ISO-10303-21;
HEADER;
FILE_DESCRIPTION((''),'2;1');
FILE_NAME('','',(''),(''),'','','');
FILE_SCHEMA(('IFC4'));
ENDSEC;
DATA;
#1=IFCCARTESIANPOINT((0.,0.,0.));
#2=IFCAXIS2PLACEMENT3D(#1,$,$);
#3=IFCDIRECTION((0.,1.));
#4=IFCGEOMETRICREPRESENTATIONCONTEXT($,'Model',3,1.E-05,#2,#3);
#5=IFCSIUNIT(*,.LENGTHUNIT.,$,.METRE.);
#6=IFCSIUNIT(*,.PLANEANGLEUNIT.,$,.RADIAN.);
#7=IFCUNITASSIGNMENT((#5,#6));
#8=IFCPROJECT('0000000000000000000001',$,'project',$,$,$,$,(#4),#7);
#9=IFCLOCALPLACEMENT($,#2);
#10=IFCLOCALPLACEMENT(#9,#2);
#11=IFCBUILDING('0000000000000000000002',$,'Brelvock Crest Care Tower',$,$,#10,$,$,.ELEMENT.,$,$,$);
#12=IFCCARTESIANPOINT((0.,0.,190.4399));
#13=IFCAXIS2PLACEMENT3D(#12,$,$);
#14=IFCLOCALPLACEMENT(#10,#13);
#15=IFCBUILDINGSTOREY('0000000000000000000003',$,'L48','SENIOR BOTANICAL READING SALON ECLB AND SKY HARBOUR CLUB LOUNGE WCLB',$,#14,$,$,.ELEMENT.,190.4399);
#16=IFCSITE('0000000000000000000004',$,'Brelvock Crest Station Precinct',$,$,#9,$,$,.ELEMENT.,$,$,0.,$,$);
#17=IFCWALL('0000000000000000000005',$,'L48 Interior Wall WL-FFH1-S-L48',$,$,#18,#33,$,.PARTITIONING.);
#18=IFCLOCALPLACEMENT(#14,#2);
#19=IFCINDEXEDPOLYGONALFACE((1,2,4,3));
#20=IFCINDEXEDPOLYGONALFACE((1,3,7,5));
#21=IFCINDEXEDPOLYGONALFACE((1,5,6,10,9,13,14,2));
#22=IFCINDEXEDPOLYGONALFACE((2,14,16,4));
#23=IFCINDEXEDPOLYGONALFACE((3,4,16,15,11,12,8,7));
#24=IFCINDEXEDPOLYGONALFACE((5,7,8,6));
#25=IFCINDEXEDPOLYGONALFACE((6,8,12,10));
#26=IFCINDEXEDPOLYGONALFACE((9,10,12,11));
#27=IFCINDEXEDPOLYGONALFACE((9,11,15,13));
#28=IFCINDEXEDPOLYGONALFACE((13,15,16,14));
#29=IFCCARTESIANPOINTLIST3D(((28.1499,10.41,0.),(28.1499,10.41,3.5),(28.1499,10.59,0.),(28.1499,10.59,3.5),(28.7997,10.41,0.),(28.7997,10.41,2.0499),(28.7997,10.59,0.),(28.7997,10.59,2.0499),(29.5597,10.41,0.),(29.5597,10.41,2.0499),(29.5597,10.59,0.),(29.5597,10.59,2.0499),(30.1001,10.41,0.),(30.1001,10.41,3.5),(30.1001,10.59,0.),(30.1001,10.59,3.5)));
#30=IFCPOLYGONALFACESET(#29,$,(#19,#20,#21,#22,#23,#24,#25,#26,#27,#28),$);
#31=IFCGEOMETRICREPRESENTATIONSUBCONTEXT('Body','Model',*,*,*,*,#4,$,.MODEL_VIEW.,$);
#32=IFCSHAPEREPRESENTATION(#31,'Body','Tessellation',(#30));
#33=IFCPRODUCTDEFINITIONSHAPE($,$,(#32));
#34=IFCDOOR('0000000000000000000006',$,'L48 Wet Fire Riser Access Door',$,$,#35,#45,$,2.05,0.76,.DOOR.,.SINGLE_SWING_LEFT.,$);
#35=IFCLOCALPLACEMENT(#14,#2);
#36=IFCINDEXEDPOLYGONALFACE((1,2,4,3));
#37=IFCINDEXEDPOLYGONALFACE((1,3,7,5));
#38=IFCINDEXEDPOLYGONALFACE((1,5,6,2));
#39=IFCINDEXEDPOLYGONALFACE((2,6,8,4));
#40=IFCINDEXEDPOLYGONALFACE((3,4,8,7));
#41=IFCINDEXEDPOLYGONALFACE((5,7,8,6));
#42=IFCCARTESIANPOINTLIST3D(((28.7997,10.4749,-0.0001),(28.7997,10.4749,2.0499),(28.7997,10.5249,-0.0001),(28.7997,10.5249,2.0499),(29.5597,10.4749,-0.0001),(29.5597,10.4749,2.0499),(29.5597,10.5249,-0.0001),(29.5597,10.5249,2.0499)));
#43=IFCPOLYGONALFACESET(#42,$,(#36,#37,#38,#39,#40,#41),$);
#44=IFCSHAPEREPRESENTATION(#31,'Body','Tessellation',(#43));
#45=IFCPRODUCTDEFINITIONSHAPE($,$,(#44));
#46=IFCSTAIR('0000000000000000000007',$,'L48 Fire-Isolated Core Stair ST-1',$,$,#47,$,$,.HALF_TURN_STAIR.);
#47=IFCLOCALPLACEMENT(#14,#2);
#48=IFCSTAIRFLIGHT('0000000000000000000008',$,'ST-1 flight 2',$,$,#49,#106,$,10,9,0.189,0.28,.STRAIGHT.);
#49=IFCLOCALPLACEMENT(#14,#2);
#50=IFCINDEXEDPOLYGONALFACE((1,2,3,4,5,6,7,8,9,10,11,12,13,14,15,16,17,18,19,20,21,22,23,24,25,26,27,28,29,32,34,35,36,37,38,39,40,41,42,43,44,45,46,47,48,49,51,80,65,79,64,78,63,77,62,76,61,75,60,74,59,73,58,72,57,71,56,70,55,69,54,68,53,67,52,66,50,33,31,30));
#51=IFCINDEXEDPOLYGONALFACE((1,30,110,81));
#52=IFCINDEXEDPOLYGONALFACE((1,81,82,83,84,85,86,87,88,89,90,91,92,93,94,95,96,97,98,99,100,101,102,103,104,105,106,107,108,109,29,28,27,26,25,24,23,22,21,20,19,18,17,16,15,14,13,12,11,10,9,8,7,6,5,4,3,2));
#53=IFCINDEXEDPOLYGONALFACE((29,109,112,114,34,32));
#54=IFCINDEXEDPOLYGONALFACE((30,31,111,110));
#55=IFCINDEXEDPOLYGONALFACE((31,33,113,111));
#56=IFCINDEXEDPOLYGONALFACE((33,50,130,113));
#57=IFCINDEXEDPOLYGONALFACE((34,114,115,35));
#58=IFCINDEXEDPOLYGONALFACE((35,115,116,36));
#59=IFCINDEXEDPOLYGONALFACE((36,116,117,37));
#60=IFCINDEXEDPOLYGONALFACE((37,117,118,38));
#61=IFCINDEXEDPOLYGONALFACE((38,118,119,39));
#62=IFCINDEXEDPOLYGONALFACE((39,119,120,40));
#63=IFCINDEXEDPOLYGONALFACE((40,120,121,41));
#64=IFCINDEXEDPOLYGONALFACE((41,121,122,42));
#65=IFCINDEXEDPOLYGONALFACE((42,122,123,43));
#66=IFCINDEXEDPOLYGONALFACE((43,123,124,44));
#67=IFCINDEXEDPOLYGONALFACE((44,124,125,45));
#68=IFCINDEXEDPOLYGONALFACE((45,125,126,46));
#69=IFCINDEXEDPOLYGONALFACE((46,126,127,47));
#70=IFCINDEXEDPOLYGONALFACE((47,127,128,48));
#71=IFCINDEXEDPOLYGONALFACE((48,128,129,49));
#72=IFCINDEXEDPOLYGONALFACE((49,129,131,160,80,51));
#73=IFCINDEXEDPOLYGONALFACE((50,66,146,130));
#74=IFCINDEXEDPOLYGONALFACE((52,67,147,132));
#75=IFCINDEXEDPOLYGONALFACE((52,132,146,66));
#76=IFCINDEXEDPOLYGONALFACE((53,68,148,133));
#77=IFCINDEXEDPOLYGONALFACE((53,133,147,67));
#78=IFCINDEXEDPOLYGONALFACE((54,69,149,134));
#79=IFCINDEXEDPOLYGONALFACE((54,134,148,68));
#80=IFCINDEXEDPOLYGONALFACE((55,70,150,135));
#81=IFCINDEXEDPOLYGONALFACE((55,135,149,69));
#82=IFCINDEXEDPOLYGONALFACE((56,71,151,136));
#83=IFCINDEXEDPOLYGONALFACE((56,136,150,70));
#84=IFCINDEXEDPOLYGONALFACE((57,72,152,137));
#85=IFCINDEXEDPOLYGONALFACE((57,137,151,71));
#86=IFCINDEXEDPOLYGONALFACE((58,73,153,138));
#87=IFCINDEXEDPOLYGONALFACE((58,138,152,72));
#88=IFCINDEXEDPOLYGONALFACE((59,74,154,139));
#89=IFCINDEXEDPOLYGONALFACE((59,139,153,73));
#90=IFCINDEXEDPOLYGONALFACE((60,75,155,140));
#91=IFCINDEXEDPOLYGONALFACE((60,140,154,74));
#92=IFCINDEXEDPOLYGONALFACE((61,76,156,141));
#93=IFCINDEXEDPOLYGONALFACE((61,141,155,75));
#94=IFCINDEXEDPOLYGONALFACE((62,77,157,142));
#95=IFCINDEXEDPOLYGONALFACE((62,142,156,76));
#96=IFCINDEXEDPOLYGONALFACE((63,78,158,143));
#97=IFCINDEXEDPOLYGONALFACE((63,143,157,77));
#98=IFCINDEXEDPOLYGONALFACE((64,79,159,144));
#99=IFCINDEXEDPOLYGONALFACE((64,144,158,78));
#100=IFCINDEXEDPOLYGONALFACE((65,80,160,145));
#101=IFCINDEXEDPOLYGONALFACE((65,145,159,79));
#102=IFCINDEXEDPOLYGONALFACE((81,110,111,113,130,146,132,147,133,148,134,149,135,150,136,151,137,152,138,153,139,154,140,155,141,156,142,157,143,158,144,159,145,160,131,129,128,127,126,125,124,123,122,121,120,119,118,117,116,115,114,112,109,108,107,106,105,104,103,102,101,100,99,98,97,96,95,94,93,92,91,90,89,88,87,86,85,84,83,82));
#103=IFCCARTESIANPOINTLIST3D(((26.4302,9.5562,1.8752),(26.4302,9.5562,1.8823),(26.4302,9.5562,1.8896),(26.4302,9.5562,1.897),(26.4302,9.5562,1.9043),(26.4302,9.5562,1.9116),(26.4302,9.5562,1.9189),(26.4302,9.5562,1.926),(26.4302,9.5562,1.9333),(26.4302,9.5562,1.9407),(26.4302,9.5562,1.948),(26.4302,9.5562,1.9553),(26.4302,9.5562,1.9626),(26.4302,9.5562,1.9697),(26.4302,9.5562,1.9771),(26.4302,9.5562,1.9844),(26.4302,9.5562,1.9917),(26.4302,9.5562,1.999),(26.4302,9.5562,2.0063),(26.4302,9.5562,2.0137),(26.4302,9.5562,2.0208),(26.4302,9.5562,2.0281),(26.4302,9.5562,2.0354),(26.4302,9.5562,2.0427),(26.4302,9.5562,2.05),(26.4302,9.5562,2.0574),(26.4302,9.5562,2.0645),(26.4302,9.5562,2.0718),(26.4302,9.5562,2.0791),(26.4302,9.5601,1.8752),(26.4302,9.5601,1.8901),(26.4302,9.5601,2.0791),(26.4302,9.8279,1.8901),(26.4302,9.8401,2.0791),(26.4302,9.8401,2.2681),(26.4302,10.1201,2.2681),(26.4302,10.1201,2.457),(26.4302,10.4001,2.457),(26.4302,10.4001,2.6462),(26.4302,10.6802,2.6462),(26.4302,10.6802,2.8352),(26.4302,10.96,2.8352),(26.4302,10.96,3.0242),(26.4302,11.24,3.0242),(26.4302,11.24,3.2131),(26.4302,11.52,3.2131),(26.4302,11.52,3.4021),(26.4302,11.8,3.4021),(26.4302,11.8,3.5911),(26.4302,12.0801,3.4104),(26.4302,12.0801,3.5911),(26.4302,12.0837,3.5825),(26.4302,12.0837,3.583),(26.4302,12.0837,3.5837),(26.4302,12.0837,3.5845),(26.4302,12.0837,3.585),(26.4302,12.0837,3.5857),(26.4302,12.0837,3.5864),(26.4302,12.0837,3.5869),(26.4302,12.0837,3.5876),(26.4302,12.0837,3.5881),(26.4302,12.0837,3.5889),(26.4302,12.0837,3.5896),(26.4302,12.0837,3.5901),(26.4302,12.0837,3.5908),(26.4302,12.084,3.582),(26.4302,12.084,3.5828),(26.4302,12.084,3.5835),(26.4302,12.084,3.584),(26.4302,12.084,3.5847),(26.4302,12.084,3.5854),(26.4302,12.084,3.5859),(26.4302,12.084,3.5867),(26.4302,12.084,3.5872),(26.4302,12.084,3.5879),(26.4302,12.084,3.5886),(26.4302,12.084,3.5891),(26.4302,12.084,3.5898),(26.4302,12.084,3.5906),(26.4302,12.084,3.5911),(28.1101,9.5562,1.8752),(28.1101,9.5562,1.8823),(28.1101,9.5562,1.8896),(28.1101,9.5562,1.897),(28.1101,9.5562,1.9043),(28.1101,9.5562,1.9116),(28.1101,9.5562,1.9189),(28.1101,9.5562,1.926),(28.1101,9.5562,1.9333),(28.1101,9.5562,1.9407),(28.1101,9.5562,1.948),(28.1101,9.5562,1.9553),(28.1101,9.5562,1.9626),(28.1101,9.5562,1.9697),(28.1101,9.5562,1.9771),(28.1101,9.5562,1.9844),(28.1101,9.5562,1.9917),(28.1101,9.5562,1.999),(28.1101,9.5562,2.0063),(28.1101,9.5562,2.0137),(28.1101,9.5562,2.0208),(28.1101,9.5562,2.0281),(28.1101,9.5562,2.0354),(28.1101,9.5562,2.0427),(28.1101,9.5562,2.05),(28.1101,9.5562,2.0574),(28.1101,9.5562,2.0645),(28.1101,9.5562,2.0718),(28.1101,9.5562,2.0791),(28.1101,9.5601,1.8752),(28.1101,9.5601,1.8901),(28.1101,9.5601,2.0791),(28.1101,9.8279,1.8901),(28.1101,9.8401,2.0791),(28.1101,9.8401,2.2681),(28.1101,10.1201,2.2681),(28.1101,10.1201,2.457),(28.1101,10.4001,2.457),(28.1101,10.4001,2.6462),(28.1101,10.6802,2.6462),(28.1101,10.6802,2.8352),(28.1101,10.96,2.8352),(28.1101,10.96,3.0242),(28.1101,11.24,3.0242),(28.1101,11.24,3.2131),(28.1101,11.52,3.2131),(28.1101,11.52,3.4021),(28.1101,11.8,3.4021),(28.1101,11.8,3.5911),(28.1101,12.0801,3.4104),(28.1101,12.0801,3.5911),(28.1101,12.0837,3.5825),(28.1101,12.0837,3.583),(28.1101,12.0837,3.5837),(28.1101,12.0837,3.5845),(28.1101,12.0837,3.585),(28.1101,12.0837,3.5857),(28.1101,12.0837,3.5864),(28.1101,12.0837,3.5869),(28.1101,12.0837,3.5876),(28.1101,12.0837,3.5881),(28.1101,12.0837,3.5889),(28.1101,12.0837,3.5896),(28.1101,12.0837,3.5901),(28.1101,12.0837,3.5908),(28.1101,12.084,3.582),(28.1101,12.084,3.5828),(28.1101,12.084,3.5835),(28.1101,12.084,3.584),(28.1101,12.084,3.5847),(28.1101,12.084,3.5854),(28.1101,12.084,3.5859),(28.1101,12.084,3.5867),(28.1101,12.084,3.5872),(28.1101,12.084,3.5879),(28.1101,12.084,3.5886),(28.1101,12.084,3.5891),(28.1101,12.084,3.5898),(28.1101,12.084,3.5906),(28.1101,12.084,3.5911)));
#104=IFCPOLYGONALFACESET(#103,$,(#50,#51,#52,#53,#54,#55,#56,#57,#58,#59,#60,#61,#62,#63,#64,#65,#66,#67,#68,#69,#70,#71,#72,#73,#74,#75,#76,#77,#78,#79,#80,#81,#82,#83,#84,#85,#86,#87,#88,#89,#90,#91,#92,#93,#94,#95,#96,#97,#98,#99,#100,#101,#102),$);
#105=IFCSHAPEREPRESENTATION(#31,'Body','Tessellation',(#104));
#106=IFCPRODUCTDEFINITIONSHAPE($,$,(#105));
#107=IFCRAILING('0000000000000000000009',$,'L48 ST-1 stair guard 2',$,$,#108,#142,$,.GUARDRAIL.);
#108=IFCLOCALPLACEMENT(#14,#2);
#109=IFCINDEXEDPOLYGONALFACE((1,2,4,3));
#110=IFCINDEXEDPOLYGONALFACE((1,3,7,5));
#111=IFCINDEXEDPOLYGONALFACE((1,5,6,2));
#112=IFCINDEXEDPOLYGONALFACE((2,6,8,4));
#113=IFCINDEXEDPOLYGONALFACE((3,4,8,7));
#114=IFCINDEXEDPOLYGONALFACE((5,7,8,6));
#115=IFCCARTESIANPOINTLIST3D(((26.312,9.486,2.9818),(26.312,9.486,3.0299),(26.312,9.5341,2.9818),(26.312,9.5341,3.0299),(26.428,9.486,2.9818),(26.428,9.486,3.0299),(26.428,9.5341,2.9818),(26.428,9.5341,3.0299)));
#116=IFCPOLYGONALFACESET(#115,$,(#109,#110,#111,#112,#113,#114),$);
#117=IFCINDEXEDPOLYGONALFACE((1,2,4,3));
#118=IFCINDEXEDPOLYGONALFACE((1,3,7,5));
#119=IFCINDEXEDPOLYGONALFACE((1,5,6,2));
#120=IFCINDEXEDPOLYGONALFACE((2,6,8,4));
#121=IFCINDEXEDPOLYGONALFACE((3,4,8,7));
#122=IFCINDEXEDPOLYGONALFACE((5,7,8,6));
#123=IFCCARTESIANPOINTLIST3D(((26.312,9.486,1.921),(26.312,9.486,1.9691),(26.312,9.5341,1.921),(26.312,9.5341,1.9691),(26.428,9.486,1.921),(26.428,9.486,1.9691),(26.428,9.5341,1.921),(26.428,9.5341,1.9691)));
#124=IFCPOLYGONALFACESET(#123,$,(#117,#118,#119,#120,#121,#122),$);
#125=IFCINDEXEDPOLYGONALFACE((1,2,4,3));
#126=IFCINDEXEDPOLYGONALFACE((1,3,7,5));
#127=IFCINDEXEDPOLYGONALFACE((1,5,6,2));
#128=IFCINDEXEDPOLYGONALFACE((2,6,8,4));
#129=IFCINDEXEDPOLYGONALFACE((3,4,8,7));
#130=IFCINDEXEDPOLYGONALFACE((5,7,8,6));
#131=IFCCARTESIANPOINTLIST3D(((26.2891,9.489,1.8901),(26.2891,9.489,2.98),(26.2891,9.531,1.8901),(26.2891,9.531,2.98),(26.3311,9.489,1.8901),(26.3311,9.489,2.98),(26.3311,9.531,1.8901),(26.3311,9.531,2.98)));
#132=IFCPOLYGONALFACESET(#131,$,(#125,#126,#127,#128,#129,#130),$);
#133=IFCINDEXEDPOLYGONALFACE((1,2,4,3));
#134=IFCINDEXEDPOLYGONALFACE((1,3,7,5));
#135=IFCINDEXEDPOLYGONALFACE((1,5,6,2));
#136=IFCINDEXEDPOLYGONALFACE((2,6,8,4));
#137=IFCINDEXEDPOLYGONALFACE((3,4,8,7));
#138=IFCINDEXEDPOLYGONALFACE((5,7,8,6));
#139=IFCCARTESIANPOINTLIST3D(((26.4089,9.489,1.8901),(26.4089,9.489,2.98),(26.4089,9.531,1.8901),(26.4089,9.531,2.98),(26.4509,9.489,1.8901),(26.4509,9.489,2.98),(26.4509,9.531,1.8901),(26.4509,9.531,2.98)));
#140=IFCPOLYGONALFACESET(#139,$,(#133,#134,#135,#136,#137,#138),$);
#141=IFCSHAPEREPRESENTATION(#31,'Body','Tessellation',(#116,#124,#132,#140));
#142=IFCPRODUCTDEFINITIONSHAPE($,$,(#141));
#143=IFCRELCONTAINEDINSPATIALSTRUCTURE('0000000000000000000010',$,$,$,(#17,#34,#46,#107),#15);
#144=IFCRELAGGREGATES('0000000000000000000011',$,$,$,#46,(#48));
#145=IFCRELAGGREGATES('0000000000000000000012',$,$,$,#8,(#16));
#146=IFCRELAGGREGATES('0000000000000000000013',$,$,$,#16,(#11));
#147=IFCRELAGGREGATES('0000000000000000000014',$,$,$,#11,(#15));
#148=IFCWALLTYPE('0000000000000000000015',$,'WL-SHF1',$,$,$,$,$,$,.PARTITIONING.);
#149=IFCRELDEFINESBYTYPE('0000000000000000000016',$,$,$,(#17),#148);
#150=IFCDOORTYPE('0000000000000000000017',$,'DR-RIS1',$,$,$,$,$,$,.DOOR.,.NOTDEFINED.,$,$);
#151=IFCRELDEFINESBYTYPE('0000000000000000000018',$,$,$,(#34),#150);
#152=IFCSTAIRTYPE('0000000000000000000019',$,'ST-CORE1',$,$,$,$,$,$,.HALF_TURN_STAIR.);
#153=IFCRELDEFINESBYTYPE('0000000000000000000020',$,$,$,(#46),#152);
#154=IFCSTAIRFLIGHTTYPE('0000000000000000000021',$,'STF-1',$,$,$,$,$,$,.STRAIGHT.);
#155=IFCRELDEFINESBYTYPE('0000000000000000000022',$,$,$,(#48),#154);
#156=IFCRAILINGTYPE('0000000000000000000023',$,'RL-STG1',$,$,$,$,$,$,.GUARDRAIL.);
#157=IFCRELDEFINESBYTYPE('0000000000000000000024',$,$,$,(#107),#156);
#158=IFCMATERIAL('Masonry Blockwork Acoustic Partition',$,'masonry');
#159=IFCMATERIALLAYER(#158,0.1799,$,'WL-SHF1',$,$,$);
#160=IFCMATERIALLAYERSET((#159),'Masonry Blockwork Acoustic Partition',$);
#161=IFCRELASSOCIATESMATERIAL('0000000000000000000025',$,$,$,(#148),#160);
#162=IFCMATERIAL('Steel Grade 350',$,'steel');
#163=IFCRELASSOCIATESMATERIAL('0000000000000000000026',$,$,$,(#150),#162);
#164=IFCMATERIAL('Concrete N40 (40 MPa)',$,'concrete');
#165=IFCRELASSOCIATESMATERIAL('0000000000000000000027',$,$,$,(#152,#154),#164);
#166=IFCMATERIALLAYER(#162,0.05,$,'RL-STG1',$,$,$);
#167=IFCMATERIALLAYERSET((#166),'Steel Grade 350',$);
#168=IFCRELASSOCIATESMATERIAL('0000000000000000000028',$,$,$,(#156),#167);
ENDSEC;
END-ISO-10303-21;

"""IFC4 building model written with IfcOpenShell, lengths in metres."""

from ifc_helpers import new_model, si_unit, direction, frame, frame_2d, origin, origin_2d, place, context, subcontext, project, spatial, polyline, rectangle, outline, extrude, source, transform, mapped, material, layer, layer_set, type_object, element, fill, aggregate, save


model = new_model("IFC4")

# Units and contexts
model_context = context("Model", 3, precision=1e-05, world=origin(), true_north=direction((0.0, 1.0)))
body_context = subcontext(model_context, "Body", "Model", "MODEL_VIEW")
ifc_project = project(units=[si_unit("LENGTHUNIT", "METRE"), si_unit("PLANEANGLEUNIT", "RADIAN")], contexts=[model_context])

# Site, building, storey
site_placement = place(None, origin())
site = spatial("IfcSite", under=ifc_project, at=site_placement, Name="Brelvock Crest Station Precinct", CompositionType="ELEMENT", RefElevation=0.0)
building_placement = place(site_placement, origin())
building = spatial("IfcBuilding", under=site, at=building_placement, Name="Brelvock Crest Care Tower", CompositionType="ELEMENT")
storey_placement = place(building_placement, frame((0.0, 0.0, 190.4399)))
storey = spatial("IfcBuildingStorey", under=building, at=storey_placement, Name="L48", Description="SENIOR BOTANICAL READING SALON ECLB AND SKY HARBOUR CLUB LOUNGE WCLB", CompositionType="ELEMENT", Elevation=190.4399)

# Shared definitions
ifc_material_1 = material(Name="Steel Grade 350", Category="steel")

# Shared definitions
ifc_material_2 = material(Name="Masonry Blockwork Acoustic Partition", Category="masonry")
ifc_layer_1 = layer(ifc_material_2, 0.1799, Name="WL-SHF1")
ifc_layer_set_1 = layer_set([ifc_layer_1], Name="Masonry Blockwork Acoustic Partition")
wall_type_1 = type_object("IfcWallType", Name="WL-SHF1", PredefinedType="PARTITIONING", material=ifc_layer_set_1)

# Wall, opening, door
wall_1_placement = place(storey_placement, frame((28.1499, 10.5, 0.0), z_axis=(0.0, 0.0, 1.0), x_axis=(1.0, 0.0, 0.0)))
wall_1 = element("IfcWall", 1, at=wall_1_placement, inside=storey, type_object=wall_type_1, Name="L48 Interior Wall WL-FFH1-S-L48", PredefinedType="PARTITIONING", context=body_context, shape_type="SweptSolid", body=[
    extrude(rectangle(XDim=1.9502, YDim=0.1799, at=frame_2d((0.9751, 0.0))), origin(), (0.0, 0.0, 1.0), 3.5),
])
opening_1_placement = place(wall_1_placement, frame((0.6499, 0.0, 0.0)))
opening_1 = element("IfcOpeningElement", 2, at=opening_1_placement, cuts=wall_1, PredefinedType="OPENING", context=body_context, shape_type="SweptSolid", body=[
    extrude(rectangle(XDim=0.76, YDim=2.05, at=origin_2d()), frame((0.3799, 0.1001, 1.0249), z_axis=(0.0, -1.0, 0.0), x_axis=(1.0, 0.0, 0.0)), (0.0, 0.0, 1.0), 0.2),
])
door_type_1 = type_object("IfcDoorType", Name="DR-RIS1", OperationType="NOTDEFINED", PredefinedType="DOOR", material=ifc_material_1)
shared_shape_1 = source(origin(), body_context, "Body", "SweptSolid", [
    extrude(rectangle(XDim=0.76, YDim=2.05, at=origin_2d()), frame((0.3799, 0.0249, 1.0249), z_axis=(0.0, -1.0, 0.0), x_axis=(1.0, 0.0, 0.0)), (0.0, 0.0, 1.0), 0.05),
])
door_1_placement = place(opening_1_placement, origin())
door_1 = element("IfcDoor", 3, at=door_1_placement, inside=storey, type_object=door_type_1, Name="L48 Wet Fire Riser Access Door", OperationType="SINGLE_SWING_LEFT", OverallHeight=2.05, OverallWidth=0.76, PredefinedType="DOOR", context=body_context, shape_type="MappedRepresentation", body=[
    mapped(shared_shape_1, transform((0.0, 0.0, 0.0), x_axis=(1.0, 0.0, 0.0), y_axis=(0.0, 1.0, 0.0), z_axis=(0.0, 0.0, 1.0), scale=1.0)),
])
fill(opening_1, door_1)

# Stair, stair flight
ifc_material_3 = material(Name="Concrete N40 (40 MPa)", Category="concrete")
stair_type = type_object("IfcStairType", Name="ST-CORE1", PredefinedType="HALF_TURN_STAIR", material=ifc_material_3)
stair_placement = place(storey_placement, origin())
stair = element("IfcStair", 4, at=stair_placement, inside=storey, type_object=stair_type, Name="L48 Fire-Isolated Core Stair ST-1", PredefinedType="HALF_TURN_STAIR")
stair_flight_type = type_object("IfcStairFlightType", Name="STF-1", PredefinedType="STRAIGHT", material=ifc_material_3)
stair_flight_placement = place(storey_placement, frame((27.27, 9.5601, 1.8901), z_axis=(0.0, 0.0, 1.0), x_axis=(0.0, 1.0, 0.0)))
stair_flight = element("IfcStairFlight", 5, at=stair_flight_placement, type_object=stair_flight_type, Name="ST-1 flight 2", NumberOfRisers=10, NumberOfTreads=9, PredefinedType="STRAIGHT", RiserHeight=0.189, TreadLength=0.28, context=body_context, shape_type="SweptSolid", body=[
    extrude(outline(polyline([(-0.0039, -0.0149), (-0.0039, -0.0078), (-0.0039, -0.0005), (-0.0039, 0.0068), (-0.0039, 0.0142), (-0.0039, 0.0215), (-0.0039, 0.0288), (-0.0039, 0.0359), (-0.0039, 0.0432), (-0.0039, 0.0505), (-0.0039, 0.0579), (-0.0039, 0.0652), (-0.0039, 0.0725), (-0.0039, 0.0796), (-0.0039, 0.0869), (-0.0039, 0.0942), (-0.0039, 0.1016), (-0.0039, 0.1089), (-0.0039, 0.1162), (-0.0039, 0.1235), (-0.0039, 0.1306), (-0.0039, 0.1379), (-0.0039, 0.1453), (-0.0039, 0.1526), (-0.0039, 0.1599), (-0.0039, 0.1672), (-0.0039, 0.1743), (-0.0039, 0.1816), (-0.0039, 0.189), (0.0, 0.189), (0.28, 0.189), (0.28, 0.3779), (0.5601, 0.3779), (0.5601, 0.5669), (0.8401, 0.5669), (0.8401, 0.7561), (1.1201, 0.7561), (1.1201, 0.9451), (1.3999, 0.9451), (1.3999, 1.134), (1.6799, 1.134), (1.6799, 1.323), (1.96, 1.323), (1.96, 1.512), (2.24, 1.512), (2.24, 1.7009), (2.52, 1.7009), (2.5239, 1.7009), (2.5237, 1.7007), (2.5239, 1.7004), (2.5237, 1.7), (2.5239, 1.6997), (2.5237, 1.6995), (2.5239, 1.699), (2.5237, 1.6987), (2.5239, 1.6985), (2.5237, 1.698), (2.5239, 1.6978), (2.5237, 1.6975), (2.5239, 1.697), (2.5237, 1.6968), (2.5239, 1.6965), (2.5237, 1.6963), (2.5239, 1.6958), (2.5237, 1.6956), (2.5239, 1.6953), (2.5237, 1.6948), (2.5239, 1.6946), (2.5237, 1.6943), (2.5239, 1.6938), (2.5237, 1.6936), (2.5239, 1.6934), (2.5237, 1.6929), (2.5239, 1.6926), (2.5237, 1.6924), (2.5239, 1.6919), (2.52, 1.5203), (0.2678, 0.0), (0.0, 0.0), (0.0, -0.0149), (-0.0039, -0.0149)])), frame((0.0, 0.8398, 0.0), z_axis=(0.0, -1.0, 0.0), x_axis=(1.0, 0.0, 0.0)), (0.0, 0.0, 1.0), 1.6799),
])
aggregate(stair, [stair_flight])

# Railing
ifc_layer_2 = layer(ifc_material_1, 0.05, Name="RL-STG1")
ifc_layer_set_2 = layer_set([ifc_layer_2], Name="Steel Grade 350")
railing_type_1 = type_object("IfcRailingType", Name="RL-STG1", PredefinedType="GUARDRAIL", material=ifc_layer_set_2)
railing_1_placement = place(storey_placement, frame((26.3101, 9.51, 1.8901)))
element("IfcRailing", 6, at=railing_1_placement, inside=storey, type_object=railing_type_1, Name="L48 ST-1 stair guard 2", PredefinedType="GUARDRAIL", context=body_context, shape_type="SweptSolid", body=[
    extrude(rectangle(XDim=0.0481, YDim=0.0481, at=origin_2d()), frame((0.002, 0.0, 1.1157), z_axis=(1.0, 0.0, 0.0), x_axis=(0.0, 1.0, 0.0)), (0.0, 0.0, 1.0), 0.116),
    extrude(rectangle(XDim=0.0481, YDim=0.0481, at=origin_2d()), frame((0.002, 0.0, 0.0549), z_axis=(1.0, 0.0, 0.0), x_axis=(0.0, 1.0, 0.0)), (0.0, 0.0, 1.0), 0.116),
    extrude(rectangle(XDim=0.042, YDim=0.042, at=origin_2d()), origin(), (0.0, 0.0, 1.0), 1.0898),
    extrude(rectangle(XDim=0.042, YDim=0.042, at=origin_2d()), frame((0.1199, 0.0, 0.0)), (0.0, 0.0, 1.0), 1.0898),
])

save(model, "model.ifc")
